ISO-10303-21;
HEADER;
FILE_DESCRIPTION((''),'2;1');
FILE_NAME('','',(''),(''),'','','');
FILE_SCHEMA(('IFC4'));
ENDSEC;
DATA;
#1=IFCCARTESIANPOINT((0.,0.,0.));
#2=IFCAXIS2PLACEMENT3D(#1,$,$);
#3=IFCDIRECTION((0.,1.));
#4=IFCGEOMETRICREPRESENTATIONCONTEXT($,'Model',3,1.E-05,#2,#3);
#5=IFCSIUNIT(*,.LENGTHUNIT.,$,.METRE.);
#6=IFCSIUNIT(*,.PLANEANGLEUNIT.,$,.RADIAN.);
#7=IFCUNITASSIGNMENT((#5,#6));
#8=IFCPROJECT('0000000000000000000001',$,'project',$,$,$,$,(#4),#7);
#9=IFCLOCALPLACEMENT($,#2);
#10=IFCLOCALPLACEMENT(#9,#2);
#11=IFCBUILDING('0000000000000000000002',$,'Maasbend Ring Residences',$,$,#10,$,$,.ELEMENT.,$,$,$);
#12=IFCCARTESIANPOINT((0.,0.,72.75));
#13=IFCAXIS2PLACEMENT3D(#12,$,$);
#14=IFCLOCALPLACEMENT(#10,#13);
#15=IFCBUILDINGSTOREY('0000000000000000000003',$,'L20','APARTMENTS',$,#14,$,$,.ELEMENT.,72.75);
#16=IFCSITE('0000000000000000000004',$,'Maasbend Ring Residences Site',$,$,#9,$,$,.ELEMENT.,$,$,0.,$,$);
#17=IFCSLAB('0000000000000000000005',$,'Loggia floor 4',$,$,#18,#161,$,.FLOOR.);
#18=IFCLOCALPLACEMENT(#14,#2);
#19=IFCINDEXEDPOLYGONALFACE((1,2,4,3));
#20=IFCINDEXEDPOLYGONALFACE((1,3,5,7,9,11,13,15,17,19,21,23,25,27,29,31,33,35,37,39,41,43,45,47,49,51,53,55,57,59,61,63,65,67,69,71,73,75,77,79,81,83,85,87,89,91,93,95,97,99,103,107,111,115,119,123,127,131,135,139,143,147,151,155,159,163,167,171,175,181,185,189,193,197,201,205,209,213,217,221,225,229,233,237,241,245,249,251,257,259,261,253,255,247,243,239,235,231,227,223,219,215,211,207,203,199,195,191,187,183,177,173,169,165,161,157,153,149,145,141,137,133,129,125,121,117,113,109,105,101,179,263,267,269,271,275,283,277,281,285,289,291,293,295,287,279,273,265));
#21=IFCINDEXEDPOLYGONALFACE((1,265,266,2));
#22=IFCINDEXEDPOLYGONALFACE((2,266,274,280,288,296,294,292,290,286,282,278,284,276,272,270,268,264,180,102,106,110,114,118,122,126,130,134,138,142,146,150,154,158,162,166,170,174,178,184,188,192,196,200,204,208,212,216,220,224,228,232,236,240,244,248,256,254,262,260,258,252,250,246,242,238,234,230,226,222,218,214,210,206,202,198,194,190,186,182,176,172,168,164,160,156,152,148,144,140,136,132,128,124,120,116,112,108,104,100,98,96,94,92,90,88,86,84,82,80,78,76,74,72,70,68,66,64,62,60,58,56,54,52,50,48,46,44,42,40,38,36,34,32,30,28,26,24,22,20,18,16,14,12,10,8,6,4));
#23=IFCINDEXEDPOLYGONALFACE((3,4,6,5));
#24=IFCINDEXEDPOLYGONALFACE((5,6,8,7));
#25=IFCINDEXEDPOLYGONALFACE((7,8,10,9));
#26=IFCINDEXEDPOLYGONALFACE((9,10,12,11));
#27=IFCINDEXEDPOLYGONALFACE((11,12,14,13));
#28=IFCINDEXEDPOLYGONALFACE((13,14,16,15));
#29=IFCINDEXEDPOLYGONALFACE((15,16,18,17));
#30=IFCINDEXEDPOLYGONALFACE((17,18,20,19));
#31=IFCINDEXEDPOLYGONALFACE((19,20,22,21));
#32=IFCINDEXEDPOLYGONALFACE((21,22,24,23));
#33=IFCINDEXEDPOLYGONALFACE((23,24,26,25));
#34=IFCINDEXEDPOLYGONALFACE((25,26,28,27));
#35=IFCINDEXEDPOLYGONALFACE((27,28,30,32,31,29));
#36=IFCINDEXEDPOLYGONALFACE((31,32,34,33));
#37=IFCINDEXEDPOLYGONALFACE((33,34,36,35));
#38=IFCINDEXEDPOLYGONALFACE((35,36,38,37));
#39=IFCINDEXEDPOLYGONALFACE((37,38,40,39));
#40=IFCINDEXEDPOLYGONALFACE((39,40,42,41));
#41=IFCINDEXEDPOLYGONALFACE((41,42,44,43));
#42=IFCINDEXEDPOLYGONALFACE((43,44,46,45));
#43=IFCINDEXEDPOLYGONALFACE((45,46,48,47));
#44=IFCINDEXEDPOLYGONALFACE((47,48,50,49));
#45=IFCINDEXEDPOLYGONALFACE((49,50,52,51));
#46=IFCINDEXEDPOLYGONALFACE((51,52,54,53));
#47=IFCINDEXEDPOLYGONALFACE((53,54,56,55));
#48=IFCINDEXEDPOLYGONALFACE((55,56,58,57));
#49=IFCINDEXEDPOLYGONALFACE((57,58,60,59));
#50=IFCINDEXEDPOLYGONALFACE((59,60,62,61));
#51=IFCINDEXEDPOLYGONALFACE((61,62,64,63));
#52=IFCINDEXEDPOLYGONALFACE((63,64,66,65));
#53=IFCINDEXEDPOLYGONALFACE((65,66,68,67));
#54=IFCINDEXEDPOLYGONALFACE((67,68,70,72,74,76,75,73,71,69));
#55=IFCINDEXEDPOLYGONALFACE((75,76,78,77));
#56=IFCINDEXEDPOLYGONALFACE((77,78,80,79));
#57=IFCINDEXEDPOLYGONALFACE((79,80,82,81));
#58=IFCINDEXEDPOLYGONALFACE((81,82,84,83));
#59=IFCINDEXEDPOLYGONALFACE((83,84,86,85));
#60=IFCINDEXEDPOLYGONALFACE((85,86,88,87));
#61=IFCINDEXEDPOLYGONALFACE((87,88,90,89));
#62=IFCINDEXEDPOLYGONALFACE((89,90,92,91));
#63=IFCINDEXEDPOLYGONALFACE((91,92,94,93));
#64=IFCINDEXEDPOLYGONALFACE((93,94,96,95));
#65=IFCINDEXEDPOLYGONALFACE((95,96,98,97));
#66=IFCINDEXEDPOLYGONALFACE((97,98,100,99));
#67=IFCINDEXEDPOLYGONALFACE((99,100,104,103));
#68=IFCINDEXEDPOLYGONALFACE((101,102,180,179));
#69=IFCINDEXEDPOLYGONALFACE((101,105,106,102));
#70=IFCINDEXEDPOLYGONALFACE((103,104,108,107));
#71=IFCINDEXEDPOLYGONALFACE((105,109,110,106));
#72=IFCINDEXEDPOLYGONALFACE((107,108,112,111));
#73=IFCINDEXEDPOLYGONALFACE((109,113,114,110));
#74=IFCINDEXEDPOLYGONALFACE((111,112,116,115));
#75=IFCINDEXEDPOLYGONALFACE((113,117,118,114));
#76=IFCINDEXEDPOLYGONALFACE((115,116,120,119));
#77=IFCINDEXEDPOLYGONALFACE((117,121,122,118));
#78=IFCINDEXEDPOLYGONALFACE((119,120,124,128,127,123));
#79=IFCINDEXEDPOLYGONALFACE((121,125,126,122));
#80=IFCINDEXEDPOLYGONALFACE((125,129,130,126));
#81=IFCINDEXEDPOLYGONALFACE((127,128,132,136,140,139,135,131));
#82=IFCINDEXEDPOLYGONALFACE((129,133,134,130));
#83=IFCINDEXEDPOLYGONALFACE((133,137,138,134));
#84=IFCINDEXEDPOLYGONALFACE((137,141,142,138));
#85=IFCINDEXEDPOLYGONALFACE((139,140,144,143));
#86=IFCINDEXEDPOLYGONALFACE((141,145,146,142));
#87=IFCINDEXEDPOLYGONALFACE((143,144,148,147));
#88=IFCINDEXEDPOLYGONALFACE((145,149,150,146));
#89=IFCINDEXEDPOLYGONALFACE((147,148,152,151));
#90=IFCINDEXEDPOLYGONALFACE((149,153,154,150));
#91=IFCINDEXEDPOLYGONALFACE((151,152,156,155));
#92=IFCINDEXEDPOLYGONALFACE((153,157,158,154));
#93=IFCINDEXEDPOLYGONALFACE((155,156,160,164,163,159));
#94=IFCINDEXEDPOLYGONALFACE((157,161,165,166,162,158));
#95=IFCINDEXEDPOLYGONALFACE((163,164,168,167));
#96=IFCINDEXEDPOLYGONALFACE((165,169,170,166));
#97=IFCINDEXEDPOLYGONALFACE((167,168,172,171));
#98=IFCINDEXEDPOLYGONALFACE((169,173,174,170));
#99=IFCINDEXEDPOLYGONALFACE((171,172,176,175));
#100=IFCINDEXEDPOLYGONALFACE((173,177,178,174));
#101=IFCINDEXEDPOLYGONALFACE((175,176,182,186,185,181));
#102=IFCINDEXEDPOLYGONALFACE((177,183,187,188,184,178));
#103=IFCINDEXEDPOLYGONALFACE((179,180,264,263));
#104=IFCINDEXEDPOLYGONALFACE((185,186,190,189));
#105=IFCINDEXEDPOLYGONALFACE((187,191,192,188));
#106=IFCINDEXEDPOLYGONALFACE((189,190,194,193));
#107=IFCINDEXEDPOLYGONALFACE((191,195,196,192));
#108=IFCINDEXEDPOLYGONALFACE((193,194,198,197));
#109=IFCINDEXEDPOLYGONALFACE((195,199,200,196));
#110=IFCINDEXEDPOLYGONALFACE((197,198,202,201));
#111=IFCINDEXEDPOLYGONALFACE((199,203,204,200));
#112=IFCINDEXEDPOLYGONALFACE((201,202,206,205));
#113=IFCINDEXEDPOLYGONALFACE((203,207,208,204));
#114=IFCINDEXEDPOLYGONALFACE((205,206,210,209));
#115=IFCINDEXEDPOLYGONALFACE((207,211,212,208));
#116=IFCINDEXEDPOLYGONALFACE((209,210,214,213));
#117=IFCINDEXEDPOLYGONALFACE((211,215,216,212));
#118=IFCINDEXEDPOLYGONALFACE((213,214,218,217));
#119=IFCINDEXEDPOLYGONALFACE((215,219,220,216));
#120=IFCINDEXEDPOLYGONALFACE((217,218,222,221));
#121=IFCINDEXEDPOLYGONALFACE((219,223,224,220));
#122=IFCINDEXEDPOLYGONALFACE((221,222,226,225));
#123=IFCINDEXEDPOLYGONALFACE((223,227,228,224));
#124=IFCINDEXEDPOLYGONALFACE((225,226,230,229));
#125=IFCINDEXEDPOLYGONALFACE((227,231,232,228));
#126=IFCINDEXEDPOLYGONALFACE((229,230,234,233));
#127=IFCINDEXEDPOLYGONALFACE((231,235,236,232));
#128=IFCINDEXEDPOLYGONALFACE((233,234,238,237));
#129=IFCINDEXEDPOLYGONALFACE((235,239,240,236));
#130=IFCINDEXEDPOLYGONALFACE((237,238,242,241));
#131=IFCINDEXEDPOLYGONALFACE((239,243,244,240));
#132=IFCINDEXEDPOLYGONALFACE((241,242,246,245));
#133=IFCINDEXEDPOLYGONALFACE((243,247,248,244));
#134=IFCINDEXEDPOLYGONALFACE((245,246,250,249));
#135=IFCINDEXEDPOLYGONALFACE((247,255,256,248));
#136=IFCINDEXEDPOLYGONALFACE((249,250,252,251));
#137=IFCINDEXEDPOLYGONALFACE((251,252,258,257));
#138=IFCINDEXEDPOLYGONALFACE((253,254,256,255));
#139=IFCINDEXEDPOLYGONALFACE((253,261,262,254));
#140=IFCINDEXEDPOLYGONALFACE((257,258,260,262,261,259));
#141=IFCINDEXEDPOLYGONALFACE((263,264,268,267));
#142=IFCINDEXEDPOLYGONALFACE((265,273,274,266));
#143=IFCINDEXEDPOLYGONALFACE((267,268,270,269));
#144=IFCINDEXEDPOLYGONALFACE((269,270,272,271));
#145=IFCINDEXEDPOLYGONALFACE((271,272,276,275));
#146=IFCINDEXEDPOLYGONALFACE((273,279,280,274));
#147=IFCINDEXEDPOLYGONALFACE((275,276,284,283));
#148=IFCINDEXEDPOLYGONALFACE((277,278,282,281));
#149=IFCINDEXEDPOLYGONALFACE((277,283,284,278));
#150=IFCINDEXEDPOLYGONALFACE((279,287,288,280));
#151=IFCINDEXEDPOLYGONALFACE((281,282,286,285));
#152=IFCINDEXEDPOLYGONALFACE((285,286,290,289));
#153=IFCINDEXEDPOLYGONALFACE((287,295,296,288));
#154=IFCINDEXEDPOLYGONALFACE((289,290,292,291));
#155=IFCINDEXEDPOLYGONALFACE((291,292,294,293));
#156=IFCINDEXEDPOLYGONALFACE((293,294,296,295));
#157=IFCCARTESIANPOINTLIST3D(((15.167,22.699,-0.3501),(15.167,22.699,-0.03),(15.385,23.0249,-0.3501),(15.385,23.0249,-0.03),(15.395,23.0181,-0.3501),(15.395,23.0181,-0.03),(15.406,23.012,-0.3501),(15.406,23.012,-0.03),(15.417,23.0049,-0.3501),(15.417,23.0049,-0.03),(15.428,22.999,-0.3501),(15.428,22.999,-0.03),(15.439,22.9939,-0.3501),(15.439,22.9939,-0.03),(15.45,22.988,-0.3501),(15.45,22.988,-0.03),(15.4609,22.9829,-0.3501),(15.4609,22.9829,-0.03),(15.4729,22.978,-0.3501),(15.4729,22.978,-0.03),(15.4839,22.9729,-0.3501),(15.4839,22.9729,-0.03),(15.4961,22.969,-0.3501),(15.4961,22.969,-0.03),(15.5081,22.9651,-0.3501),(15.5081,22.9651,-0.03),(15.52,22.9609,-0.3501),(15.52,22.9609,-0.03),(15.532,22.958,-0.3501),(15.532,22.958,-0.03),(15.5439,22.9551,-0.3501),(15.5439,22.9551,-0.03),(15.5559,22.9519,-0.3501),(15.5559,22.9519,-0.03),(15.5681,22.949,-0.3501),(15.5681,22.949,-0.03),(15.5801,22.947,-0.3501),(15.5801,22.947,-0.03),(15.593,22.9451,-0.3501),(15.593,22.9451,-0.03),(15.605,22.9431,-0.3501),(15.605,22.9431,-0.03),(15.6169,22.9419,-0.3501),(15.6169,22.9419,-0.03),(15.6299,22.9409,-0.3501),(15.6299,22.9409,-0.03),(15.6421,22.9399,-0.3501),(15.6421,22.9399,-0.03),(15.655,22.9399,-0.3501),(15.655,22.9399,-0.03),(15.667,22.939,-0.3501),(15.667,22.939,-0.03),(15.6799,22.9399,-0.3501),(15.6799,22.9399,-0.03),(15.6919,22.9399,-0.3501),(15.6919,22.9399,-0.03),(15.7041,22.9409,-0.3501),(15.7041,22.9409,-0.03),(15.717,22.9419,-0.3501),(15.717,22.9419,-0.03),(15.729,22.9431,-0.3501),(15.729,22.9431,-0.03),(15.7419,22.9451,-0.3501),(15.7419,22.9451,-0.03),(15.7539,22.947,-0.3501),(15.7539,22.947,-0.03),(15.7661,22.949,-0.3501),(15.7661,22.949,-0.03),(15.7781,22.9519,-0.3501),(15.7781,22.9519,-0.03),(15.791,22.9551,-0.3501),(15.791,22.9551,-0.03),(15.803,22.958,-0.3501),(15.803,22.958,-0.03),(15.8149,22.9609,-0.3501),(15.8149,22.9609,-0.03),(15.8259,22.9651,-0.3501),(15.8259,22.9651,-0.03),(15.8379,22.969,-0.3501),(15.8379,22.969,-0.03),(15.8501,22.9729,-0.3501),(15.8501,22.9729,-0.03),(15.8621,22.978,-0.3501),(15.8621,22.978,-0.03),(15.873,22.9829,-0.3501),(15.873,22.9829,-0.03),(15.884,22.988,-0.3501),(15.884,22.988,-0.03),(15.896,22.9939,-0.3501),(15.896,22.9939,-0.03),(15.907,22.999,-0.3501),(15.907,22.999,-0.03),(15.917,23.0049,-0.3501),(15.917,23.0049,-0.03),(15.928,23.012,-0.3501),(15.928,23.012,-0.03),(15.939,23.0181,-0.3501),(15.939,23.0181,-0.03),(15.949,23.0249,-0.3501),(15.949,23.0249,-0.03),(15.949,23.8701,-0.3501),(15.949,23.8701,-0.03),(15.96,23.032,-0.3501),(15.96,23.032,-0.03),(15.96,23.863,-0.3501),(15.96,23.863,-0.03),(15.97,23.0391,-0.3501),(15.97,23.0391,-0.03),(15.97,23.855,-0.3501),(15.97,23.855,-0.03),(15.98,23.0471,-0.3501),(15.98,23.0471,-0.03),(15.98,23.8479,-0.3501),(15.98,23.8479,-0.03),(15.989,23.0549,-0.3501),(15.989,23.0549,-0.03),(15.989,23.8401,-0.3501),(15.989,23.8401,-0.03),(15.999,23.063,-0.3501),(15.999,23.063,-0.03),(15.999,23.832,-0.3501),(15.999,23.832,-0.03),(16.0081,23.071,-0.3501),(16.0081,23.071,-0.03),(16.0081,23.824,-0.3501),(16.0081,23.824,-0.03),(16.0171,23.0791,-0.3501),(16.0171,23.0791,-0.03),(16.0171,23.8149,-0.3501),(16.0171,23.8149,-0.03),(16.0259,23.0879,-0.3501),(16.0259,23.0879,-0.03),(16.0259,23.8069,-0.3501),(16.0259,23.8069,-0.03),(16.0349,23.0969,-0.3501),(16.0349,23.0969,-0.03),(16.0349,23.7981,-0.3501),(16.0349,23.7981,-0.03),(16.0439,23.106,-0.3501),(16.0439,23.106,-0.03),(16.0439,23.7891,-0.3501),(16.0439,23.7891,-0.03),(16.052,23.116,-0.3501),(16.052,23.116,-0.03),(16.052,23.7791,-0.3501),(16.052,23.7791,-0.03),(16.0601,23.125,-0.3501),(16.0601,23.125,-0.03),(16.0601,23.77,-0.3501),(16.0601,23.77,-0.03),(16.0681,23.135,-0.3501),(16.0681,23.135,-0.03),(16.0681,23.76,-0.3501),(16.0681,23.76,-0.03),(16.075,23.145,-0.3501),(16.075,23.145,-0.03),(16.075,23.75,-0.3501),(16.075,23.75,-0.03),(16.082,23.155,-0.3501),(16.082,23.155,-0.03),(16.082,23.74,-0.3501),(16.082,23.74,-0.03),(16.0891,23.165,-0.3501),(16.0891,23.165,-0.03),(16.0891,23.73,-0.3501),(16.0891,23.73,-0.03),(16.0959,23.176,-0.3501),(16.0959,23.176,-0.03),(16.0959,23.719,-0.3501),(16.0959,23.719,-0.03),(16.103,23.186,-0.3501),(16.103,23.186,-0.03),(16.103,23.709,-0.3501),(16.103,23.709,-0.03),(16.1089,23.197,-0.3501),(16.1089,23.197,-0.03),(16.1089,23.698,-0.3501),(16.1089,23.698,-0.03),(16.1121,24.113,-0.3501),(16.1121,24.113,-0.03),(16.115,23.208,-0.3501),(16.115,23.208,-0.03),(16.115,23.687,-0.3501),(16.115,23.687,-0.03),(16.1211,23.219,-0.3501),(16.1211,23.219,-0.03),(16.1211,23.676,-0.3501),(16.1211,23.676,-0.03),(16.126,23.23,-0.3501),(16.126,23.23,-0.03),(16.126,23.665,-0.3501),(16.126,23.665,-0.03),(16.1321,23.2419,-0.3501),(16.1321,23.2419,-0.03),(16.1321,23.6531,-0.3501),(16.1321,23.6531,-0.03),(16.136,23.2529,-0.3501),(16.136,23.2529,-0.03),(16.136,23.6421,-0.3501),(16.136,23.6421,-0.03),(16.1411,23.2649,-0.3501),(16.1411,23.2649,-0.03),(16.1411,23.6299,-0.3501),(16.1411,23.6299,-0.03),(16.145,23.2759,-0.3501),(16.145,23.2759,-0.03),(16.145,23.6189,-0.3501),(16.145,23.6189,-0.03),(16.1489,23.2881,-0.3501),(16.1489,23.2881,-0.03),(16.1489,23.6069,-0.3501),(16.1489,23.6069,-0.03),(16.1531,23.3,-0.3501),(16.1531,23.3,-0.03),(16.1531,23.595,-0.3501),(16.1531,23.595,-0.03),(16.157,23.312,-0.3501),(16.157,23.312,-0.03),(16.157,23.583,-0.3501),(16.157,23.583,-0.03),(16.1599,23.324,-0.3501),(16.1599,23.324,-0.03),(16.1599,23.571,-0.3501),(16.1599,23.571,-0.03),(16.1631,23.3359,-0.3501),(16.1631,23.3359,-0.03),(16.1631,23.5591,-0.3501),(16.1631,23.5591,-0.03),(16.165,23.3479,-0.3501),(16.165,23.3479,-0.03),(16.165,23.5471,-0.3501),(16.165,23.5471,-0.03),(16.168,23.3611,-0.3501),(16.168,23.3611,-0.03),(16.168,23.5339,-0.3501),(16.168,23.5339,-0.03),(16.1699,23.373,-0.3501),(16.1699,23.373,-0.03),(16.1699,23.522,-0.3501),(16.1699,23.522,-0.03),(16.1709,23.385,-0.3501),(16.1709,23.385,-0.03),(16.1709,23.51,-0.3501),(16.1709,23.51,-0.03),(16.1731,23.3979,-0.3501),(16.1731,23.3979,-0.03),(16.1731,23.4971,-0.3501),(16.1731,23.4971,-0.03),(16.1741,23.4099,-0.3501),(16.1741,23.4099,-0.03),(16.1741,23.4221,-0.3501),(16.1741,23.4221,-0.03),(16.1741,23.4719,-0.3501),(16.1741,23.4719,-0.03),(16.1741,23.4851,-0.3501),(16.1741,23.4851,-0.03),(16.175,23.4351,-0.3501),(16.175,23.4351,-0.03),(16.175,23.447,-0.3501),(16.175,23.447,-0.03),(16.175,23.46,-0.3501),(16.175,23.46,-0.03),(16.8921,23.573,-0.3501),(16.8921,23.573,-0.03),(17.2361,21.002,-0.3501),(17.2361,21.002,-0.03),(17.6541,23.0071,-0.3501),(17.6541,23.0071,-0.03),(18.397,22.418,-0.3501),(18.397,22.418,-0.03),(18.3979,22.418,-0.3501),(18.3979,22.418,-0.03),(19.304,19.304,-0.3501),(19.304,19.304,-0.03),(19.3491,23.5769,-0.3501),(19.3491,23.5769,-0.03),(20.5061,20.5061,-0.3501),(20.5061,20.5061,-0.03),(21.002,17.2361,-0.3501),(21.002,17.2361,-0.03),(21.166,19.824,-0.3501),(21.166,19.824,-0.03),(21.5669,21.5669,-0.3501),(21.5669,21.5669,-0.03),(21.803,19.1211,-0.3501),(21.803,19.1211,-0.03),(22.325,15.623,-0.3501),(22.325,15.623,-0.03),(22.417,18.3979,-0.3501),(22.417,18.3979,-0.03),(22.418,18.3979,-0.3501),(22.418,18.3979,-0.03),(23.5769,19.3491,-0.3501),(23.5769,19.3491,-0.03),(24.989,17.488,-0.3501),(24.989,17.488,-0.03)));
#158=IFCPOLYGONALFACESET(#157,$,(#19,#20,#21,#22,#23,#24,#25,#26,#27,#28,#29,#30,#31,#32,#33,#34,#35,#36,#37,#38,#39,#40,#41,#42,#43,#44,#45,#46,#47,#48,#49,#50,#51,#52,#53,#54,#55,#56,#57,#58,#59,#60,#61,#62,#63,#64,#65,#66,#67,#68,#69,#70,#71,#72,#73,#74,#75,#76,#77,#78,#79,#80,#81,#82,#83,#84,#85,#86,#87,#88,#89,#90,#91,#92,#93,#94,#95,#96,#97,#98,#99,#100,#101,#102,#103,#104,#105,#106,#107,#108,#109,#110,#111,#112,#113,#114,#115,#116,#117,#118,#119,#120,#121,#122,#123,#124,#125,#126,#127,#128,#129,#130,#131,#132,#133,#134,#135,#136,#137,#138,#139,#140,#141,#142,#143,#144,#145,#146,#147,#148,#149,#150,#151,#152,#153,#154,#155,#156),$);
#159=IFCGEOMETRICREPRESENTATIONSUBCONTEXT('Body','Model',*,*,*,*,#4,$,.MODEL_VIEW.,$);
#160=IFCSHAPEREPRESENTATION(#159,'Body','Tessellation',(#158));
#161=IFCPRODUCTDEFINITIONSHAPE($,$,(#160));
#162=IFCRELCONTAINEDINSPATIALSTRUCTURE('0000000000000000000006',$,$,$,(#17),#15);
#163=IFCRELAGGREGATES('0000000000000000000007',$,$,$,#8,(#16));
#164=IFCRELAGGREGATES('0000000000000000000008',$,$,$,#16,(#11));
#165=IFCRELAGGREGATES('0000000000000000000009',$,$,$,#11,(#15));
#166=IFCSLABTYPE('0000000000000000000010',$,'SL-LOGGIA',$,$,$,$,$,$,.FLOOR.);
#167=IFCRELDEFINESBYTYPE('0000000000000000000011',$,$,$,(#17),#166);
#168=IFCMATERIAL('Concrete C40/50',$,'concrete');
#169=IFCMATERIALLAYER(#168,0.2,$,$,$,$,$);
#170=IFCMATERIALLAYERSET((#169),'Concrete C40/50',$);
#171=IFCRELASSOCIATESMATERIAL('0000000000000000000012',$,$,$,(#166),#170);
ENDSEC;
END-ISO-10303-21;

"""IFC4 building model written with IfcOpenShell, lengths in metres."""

from ifc_helpers import new_model, si_unit, direction, frame, origin, place, context, subcontext, project, spatial, polyline, outline, extrude, material, layer, layer_set, type_object, element, save


model = new_model("IFC4")

# Units and contexts
model_context = context("Model", 3, precision=1e-05, world=origin(), true_north=direction((0.0, 1.0)))
body_context = subcontext(model_context, "Body", "Model", "MODEL_VIEW")
ifc_project = project(units=[si_unit("LENGTHUNIT", "METRE"), si_unit("PLANEANGLEUNIT", "RADIAN")], contexts=[model_context])

# Site, building, storey
site_placement = place(None, origin())
site = spatial("IfcSite", under=ifc_project, at=site_placement, Name="Maasbend Ring Residences Site", CompositionType="ELEMENT", RefElevation=0.0)
building_placement = place(site_placement, origin())
building = spatial("IfcBuilding", under=site, at=building_placement, Name="Maasbend Ring Residences", CompositionType="ELEMENT")
storey_placement = place(building_placement, frame((0.0, 0.0, 72.75)))
storey = spatial("IfcBuildingStorey", under=building, at=storey_placement, Name="L20", Description="APARTMENTS", CompositionType="ELEMENT", Elevation=72.75)

# Slab
ifc_material_1 = material(Name="Concrete C40/50", Category="concrete")
ifc_layer_1 = layer(ifc_material_1, 0.2)
ifc_layer_set_1 = layer_set([ifc_layer_1], Name="Concrete C40/50")
slab_type_1 = type_object("IfcSlabType", Name="SL-LOGGIA", PredefinedType="FLOOR", material=ifc_layer_set_1)
slab_1_placement = place(storey_placement, frame((0.0, 0.0, -0.3501)))
element("IfcSlab", 1, at=slab_1_placement, inside=storey, type_object=slab_type_1, Name="Loggia floor 4", PredefinedType="FLOOR", context=body_context, shape_type="SweptSolid", body=[
    extrude(outline(polyline([(15.406, 23.012), (15.417, 23.0049), (15.428, 22.999), (15.439, 22.9939), (15.45, 22.988), (15.4609, 22.9829), (15.4729, 22.978), (15.4839, 22.9729), (15.4961, 22.969), (15.5081, 22.9651), (15.52, 22.9609), (15.532, 22.958), (15.5439, 22.9551), (15.5559, 22.9519), (15.5681, 22.949), (15.5801, 22.947), (15.593, 22.9451), (15.605, 22.9431), (15.6169, 22.9419), (15.6299, 22.9409), (15.6421, 22.9399), (15.655, 22.9399), (15.667, 22.939), (15.6799, 22.9399), (15.6919, 22.9399), (15.7041, 22.9409), (15.717, 22.9419), (15.729, 22.9431), (15.7419, 22.9451), (15.7539, 22.947), (15.7661, 22.949), (15.7781, 22.9519), (15.791, 22.9551), (15.803, 22.958), (15.8149, 22.9609), (15.8259, 22.9651), (15.8379, 22.969), (15.8501, 22.9729), (15.8621, 22.978), (15.873, 22.9829), (15.884, 22.988), (15.896, 22.9939), (15.907, 22.999), (15.917, 23.0049), (15.928, 23.012), (15.939, 23.0181), (15.949, 23.0249), (15.96, 23.032), (15.97, 23.0391), (15.98, 23.0471), (15.989, 23.0549), (15.999, 23.063), (16.0081, 23.071), (16.0171, 23.0791), (16.0259, 23.0879), (16.0349, 23.0969), (16.0439, 23.106), (16.052, 23.116), (16.0601, 23.125), (16.0681, 23.135), (16.075, 23.145), (16.082, 23.155), (16.0891, 23.165), (16.0959, 23.176), (16.103, 23.186), (16.1089, 23.197), (16.115, 23.208), (16.1211, 23.219), (16.126, 23.23), (16.1321, 23.2419), (16.136, 23.2529), (16.1411, 23.2649), (16.145, 23.2759), (16.1489, 23.2881), (16.1531, 23.3), (16.157, 23.312), (16.1599, 23.324), (16.1631, 23.3359), (16.165, 23.3479), (16.168, 23.3611), (16.1699, 23.373), (16.1709, 23.385), (16.1731, 23.3979), (16.1741, 23.4099), (16.1741, 23.4221), (16.175, 23.4351), (16.175, 23.447), (16.175, 23.46), (16.1741, 23.4719), (16.1741, 23.4851), (16.1731, 23.4971), (16.1709, 23.51), (16.1699, 23.522), (16.168, 23.5339), (16.165, 23.5471), (16.1631, 23.5591), (16.1599, 23.571), (16.157, 23.583), (16.1531, 23.595), (16.1489, 23.6069), (16.145, 23.6189), (16.1411, 23.6299), (16.136, 23.6421), (16.1321, 23.6531), (16.126, 23.665), (16.1211, 23.676), (16.115, 23.687), (16.1089, 23.698), (16.103, 23.709), (16.0959, 23.719), (16.0891, 23.73), (16.082, 23.74), (16.075, 23.75), (16.0681, 23.76), (16.0601, 23.77), (16.052, 23.7791), (16.0439, 23.7891), (16.0349, 23.7981), (16.0259, 23.8069), (16.0171, 23.8149), (16.0081, 23.824), (15.999, 23.832), (15.989, 23.8401), (15.98, 23.8479), (15.97, 23.855), (15.96, 23.863), (15.949, 23.8701), (15.949, 23.8701), (16.1121, 24.113), (16.1121, 24.113), (16.1121, 24.113), (16.8921, 23.573), (16.8921, 23.573), (17.6541, 23.0071), (17.6541, 23.0071), (18.397, 22.418), (18.397, 22.418), (18.397, 22.418), (18.397, 22.418), (18.397, 22.418), (18.397, 22.418), (18.397, 22.418), (18.397, 22.418), (18.397, 22.418), (18.397, 22.418), (18.397, 22.418), (18.3979, 22.418), (18.3979, 22.418), (18.3979, 22.418), (18.3979, 22.418), (18.3979, 22.418), (18.3979, 22.418), (19.3491, 23.5769), (19.3491, 23.5769), (19.3491, 23.5769), (21.5669, 21.5669), (21.5669, 21.5669), (21.5669, 21.5669), (20.5061, 20.5061), (20.5061, 20.5061), (20.5061, 20.5061), (20.5061, 20.5061), (20.5061, 20.5061), (20.5061, 20.5061), (20.5061, 20.5061), (20.5061, 20.5061), (20.5061, 20.5061), (20.5061, 20.5061), (20.5061, 20.5061), (20.5061, 20.5061), (20.5061, 20.5061), (20.5061, 20.5061), (20.5061, 20.5061), (20.5061, 20.5061), (20.5061, 20.5061), (21.166, 19.824), (21.166, 19.824), (21.803, 19.1211), (21.803, 19.1211), (22.417, 18.3979), (22.417, 18.3979), (22.417, 18.3979), (22.417, 18.3979), (22.417, 18.3979), (22.417, 18.3979), (22.417, 18.3979), (22.417, 18.3979), (22.417, 18.3979), (22.417, 18.3979), (22.417, 18.3979), (22.417, 18.3979), (22.418, 18.3979), (22.418, 18.3979), (22.418, 18.3979), (22.418, 18.3979), (22.418, 18.3979), (23.5769, 19.3491), (23.5769, 19.3491), (23.5769, 19.3491), (24.989, 17.488), (24.989, 17.488), (24.989, 17.488), (22.325, 15.623), (22.325, 15.623), (22.325, 15.623), (21.002, 17.2361), (19.304, 19.304), (19.304, 19.304), (19.304, 19.304), (17.2361, 21.002), (15.167, 22.699), (15.167, 22.699), (15.167, 22.699), (15.385, 23.0249), (15.385, 23.0249), (15.395, 23.0181), (15.406, 23.012)])), origin(), (0.0, 0.0, 1.0), 0.3201),
])

save(model, "model.ifc")
